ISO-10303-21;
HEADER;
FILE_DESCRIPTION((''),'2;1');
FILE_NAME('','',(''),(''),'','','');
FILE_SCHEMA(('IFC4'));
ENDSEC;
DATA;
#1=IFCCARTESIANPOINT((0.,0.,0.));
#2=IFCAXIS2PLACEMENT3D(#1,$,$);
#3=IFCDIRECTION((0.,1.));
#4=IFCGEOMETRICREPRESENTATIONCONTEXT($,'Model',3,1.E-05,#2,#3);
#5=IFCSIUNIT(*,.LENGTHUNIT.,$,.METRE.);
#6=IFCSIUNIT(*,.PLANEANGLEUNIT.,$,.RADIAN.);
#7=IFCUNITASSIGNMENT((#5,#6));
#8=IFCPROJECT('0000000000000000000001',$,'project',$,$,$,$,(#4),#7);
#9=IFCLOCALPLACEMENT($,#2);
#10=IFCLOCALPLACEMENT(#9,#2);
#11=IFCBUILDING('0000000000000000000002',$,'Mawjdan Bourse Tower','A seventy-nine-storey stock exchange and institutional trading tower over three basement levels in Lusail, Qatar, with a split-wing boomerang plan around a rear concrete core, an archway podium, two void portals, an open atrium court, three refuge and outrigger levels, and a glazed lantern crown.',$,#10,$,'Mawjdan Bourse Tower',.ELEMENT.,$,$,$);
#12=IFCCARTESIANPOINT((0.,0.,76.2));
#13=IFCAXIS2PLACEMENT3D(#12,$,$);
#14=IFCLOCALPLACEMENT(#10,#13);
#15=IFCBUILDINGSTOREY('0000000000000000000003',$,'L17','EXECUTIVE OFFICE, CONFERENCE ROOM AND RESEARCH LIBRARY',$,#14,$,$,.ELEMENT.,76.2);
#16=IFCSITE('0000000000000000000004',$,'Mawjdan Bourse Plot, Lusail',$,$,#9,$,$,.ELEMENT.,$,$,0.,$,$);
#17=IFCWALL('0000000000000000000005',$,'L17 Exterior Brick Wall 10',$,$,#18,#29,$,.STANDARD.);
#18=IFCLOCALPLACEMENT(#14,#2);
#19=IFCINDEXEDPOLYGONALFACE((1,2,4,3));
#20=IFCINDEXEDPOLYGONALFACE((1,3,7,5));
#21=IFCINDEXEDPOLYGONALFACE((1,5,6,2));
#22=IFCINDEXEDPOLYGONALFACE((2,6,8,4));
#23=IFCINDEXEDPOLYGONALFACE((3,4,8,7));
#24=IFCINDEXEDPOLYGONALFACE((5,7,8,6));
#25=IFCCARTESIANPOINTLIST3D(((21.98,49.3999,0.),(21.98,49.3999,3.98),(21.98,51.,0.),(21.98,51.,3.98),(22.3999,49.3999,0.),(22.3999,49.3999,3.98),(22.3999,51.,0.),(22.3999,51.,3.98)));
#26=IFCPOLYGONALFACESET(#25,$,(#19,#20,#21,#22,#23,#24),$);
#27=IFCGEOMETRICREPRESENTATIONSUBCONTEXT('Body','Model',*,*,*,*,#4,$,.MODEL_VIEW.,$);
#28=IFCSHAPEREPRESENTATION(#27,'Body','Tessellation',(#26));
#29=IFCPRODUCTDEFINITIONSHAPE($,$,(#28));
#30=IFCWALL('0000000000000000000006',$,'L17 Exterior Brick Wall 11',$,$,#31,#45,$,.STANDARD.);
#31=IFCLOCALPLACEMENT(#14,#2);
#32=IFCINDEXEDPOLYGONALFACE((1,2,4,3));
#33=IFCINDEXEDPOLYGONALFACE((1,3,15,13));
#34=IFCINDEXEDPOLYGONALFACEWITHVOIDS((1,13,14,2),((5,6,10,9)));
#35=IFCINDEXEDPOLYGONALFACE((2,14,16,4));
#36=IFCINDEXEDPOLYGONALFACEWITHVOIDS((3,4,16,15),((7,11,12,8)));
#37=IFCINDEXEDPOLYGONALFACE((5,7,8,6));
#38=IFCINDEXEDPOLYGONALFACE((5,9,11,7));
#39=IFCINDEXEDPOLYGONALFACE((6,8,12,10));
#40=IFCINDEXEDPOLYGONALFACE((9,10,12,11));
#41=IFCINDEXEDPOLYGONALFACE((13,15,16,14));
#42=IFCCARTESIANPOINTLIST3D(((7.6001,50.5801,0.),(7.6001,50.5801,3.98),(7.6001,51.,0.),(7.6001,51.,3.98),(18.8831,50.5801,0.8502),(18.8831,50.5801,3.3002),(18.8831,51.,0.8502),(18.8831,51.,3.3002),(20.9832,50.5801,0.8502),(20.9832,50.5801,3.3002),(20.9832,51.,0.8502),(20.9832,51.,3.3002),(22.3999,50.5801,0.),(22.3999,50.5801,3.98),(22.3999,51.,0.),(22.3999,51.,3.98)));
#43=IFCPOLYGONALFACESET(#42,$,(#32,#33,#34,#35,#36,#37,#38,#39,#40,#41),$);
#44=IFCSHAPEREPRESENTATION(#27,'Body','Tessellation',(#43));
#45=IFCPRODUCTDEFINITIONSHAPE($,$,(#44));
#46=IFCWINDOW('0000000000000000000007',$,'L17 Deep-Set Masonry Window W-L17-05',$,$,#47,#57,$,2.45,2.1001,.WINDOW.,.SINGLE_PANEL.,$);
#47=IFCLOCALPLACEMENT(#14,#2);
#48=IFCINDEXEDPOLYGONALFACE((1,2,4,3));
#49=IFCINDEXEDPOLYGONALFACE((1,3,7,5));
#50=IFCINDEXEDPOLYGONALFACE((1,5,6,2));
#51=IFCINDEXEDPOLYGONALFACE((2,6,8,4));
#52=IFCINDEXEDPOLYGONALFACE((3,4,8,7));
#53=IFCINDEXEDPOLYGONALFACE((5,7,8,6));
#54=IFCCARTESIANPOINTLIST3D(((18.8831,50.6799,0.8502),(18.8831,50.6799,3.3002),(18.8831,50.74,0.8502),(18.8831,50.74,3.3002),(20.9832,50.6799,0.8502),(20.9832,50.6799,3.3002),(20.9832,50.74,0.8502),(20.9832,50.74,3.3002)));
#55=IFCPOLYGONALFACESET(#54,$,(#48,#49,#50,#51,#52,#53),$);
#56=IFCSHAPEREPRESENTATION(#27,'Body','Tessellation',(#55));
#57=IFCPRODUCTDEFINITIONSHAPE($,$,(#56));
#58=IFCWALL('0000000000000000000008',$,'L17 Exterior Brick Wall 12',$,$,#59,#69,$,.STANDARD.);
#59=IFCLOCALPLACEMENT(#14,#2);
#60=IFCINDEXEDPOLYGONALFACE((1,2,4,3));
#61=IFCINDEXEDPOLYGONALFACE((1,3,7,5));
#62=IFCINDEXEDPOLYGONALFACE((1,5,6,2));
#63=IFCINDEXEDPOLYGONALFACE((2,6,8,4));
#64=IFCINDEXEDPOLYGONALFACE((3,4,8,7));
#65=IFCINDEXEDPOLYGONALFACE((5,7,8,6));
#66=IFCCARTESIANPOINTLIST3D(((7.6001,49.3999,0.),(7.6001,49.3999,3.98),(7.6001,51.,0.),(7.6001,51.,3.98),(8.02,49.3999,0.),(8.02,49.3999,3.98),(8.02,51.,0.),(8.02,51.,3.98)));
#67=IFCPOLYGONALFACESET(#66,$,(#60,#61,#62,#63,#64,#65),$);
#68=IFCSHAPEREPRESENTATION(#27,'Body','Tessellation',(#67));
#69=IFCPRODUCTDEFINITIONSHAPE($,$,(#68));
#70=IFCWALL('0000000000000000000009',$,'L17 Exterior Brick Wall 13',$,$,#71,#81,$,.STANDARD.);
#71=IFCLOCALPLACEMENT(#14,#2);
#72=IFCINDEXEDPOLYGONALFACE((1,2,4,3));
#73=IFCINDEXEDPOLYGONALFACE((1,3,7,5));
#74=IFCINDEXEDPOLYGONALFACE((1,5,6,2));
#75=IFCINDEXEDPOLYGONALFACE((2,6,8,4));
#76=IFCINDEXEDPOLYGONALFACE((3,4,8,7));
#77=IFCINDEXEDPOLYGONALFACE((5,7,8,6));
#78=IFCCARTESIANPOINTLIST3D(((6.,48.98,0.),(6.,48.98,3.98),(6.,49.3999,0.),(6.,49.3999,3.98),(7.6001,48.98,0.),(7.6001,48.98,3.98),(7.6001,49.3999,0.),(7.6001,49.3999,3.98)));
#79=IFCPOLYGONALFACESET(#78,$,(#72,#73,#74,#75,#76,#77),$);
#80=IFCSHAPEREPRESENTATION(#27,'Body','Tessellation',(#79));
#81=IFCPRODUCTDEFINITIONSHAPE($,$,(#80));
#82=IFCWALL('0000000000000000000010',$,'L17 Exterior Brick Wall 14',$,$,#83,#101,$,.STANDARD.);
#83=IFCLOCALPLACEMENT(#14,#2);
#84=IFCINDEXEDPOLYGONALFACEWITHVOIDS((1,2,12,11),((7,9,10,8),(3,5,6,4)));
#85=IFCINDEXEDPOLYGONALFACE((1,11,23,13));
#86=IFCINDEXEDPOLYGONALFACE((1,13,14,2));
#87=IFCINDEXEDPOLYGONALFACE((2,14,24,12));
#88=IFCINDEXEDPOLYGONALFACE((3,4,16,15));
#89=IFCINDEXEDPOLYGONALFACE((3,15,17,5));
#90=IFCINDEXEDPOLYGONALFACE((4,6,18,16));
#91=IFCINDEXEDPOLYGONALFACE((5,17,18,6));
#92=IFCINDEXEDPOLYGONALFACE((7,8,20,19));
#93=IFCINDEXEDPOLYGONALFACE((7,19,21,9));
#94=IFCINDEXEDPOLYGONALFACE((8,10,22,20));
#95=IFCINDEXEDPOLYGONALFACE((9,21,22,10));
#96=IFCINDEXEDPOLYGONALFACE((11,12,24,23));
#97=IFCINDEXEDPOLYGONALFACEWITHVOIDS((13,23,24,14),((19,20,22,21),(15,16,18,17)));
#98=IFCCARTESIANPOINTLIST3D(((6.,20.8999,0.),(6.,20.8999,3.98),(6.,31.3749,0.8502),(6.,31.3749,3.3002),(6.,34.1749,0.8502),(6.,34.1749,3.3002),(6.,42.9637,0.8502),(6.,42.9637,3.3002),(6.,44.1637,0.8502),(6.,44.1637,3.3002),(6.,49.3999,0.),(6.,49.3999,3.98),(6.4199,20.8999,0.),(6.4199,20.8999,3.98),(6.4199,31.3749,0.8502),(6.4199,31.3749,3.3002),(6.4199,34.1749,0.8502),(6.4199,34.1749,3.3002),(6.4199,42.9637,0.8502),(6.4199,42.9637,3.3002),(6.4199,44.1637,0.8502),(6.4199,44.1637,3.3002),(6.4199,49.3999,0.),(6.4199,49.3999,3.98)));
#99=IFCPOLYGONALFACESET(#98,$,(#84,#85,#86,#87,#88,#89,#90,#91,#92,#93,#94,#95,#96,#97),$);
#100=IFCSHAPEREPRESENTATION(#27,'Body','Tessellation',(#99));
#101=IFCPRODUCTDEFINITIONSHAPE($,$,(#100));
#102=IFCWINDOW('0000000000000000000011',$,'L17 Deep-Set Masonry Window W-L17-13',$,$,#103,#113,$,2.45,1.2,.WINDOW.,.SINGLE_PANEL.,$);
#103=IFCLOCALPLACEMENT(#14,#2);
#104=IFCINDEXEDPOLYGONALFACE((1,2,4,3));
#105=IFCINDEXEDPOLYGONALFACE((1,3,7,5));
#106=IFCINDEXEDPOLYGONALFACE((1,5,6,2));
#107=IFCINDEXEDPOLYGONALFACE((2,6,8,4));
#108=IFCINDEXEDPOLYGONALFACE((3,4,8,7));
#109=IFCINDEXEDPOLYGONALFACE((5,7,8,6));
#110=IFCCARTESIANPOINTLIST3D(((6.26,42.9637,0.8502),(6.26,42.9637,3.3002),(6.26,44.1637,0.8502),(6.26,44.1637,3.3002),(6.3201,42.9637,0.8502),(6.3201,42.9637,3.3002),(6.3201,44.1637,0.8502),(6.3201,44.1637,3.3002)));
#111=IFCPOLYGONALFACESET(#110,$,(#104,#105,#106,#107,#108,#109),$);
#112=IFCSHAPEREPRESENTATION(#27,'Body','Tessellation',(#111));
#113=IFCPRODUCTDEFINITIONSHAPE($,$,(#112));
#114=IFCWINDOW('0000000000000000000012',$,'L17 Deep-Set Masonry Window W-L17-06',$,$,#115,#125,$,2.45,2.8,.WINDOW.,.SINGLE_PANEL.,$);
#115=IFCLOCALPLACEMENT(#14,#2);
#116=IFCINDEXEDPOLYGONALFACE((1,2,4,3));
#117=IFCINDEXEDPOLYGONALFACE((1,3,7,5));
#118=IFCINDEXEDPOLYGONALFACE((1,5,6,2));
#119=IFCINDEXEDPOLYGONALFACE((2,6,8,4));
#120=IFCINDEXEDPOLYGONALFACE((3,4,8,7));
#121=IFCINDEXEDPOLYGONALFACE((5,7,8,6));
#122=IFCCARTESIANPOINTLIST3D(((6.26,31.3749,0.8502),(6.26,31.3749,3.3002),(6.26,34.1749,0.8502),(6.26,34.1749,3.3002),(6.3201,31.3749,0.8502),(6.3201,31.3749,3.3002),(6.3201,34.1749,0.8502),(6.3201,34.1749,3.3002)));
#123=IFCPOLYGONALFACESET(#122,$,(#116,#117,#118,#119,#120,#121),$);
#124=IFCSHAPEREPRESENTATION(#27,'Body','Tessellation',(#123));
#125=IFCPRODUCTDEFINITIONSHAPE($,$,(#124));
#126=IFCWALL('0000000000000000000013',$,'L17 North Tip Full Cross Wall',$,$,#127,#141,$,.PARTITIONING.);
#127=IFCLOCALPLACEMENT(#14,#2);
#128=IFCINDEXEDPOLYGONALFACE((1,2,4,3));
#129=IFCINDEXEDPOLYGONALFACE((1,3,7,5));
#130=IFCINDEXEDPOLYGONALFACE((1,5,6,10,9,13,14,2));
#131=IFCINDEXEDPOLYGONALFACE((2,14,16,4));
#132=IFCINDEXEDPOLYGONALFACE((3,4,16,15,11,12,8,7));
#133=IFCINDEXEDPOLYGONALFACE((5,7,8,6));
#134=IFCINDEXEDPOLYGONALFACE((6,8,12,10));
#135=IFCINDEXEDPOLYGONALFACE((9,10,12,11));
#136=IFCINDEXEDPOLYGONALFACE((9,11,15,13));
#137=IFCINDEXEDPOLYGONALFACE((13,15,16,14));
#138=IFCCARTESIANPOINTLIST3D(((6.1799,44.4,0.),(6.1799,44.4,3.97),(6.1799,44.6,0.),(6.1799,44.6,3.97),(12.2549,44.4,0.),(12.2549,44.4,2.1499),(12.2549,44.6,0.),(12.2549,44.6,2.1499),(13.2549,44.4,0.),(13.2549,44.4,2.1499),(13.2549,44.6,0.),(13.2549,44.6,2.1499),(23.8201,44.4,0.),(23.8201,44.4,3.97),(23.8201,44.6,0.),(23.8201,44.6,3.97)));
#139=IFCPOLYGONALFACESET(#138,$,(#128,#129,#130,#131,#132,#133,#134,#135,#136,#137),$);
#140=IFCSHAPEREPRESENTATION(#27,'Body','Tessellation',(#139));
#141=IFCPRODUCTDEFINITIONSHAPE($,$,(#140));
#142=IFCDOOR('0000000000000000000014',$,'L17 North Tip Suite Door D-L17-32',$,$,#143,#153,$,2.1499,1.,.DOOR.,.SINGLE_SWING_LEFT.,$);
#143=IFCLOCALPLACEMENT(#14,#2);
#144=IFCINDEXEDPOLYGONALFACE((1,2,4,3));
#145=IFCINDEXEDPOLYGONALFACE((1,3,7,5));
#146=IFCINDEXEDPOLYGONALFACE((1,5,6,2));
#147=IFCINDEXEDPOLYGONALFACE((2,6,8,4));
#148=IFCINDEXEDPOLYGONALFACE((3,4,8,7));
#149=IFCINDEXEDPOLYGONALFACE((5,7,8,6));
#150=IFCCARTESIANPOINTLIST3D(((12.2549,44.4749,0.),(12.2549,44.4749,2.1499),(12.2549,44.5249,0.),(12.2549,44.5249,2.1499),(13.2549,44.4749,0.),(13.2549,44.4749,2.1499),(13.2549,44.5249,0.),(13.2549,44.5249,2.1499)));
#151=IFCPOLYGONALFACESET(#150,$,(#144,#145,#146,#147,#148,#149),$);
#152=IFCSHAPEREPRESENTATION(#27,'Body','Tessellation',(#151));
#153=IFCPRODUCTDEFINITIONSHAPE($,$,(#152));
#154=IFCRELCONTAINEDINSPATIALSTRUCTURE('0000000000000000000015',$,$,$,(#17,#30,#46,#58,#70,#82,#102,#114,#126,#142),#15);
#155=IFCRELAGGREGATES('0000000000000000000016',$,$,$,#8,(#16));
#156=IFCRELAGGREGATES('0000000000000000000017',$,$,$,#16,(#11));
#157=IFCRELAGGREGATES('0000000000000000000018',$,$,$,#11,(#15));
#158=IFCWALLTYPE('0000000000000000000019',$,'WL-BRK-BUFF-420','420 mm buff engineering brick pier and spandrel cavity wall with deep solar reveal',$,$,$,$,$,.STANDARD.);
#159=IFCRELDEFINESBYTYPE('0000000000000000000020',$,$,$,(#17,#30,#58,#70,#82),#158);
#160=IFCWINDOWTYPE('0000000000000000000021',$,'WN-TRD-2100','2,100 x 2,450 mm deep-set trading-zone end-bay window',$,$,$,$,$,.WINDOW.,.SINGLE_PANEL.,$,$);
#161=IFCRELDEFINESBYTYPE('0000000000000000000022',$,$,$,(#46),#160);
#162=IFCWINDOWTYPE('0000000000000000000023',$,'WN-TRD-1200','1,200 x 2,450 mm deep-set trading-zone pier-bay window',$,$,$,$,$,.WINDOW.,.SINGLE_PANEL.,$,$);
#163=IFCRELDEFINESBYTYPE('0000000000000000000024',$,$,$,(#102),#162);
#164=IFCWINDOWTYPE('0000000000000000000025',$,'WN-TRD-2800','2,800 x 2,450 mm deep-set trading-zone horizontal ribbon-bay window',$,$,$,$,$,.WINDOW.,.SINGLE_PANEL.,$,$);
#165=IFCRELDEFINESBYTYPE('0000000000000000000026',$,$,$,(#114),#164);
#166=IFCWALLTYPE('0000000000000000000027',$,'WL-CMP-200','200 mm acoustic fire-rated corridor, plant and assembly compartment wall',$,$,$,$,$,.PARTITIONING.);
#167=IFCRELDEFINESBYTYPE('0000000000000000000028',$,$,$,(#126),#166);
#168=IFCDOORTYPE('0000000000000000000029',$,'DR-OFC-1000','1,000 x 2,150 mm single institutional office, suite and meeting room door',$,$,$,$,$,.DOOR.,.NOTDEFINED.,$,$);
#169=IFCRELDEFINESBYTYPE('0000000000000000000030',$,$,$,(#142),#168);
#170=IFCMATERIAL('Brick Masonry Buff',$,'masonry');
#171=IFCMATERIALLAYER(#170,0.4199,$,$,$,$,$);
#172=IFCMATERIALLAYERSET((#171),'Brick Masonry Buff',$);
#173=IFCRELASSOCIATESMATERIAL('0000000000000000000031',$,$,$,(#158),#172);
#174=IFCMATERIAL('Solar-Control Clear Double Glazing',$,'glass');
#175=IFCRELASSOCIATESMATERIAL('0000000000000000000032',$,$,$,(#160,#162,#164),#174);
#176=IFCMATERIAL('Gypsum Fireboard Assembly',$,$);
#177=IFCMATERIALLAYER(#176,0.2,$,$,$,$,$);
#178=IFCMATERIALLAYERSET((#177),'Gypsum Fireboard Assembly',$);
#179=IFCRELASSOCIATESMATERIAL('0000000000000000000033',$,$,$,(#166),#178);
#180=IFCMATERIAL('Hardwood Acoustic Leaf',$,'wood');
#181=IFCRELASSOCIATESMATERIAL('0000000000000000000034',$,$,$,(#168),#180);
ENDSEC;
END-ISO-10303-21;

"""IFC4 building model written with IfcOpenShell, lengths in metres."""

from ifc_helpers import new_model, si_unit, direction, frame, frame_2d, origin, place, context, subcontext, project, spatial, rectangle, extrude, material, layer, layer_set, type_object, element, fill, save


model = new_model("IFC4")

# Units and contexts
model_context = context("Model", 3, precision=1e-05, world=origin(), true_north=direction((0.0, 1.0)))
body_context = subcontext(model_context, "Body", "Model", "MODEL_VIEW")
ifc_project = project(units=[si_unit("LENGTHUNIT", "METRE"), si_unit("PLANEANGLEUNIT", "RADIAN")], contexts=[model_context])

# Site, building, storey
site_placement = place(None, origin())
site = spatial("IfcSite", under=ifc_project, at=site_placement, Name="Mawjdan Bourse Plot, Lusail", CompositionType="ELEMENT", RefElevation=0.0)
building_placement = place(site_placement, origin())
building = spatial("IfcBuilding", under=site, at=building_placement, Name="Mawjdan Bourse Tower", Description="A seventy-nine-storey stock exchange and institutional trading tower over three basement levels in Lusail, Qatar, with a split-wing boomerang plan around a rear concrete core, an archway podium, two void portals, an open atrium court, three refuge and outrigger levels, and a glazed lantern crown.", LongName="Mawjdan Bourse Tower", CompositionType="ELEMENT")
storey_placement = place(building_placement, frame((0.0, 0.0, 76.2)))
storey = spatial("IfcBuildingStorey", under=building, at=storey_placement, Name="L17", Description="EXECUTIVE OFFICE, CONFERENCE ROOM AND RESEARCH LIBRARY", CompositionType="ELEMENT", Elevation=76.2)

# Wall
ifc_material_1 = material(Name="Brick Masonry Buff", Category="masonry")
ifc_layer_1 = layer(ifc_material_1, 0.4199)
ifc_layer_set_1 = layer_set([ifc_layer_1], Name="Brick Masonry Buff")
wall_type_1 = type_object("IfcWallType", Name="WL-BRK-BUFF-420", Description="420 mm buff engineering brick pier and spandrel cavity wall with deep solar reveal", PredefinedType="STANDARD", material=ifc_layer_set_1)
wall_1_placement = place(storey_placement, frame((22.1899, 49.3999, 0.0), z_axis=(0.0, 0.0, 1.0), x_axis=(0.0, 1.0, 0.0)))
element("IfcWall", 1, at=wall_1_placement, inside=storey, type_object=wall_type_1, Name="L17 Exterior Brick Wall 10", PredefinedType="STANDARD", context=body_context, shape_type="SweptSolid", body=[
    extrude(rectangle(XDim=1.6001, YDim=0.4199, at=frame_2d((0.8, 0.0))), origin(), (0.0, 0.0, 1.0), 3.98),
])

# Wall, opening, window
wall_2_placement = place(storey_placement, frame((22.3999, 50.79, 0.0), z_axis=(0.0, 0.0, 1.0), x_axis=(-1.0, 0.0, 0.0)))
wall_2 = element("IfcWall", 2, at=wall_2_placement, inside=storey, type_object=wall_type_1, Name="L17 Exterior Brick Wall 11", PredefinedType="STANDARD", context=body_context, shape_type="SweptSolid", body=[
    extrude(rectangle(XDim=14.7998, YDim=0.4199, at=frame_2d((7.3999, 0.0))), origin(), (0.0, 0.0, 1.0), 3.98),
])
opening_1_placement = place(wall_2_placement, frame((1.4167, 0.0, 0.8501)))
opening_1 = element("IfcOpeningElement", 3, at=opening_1_placement, cuts=wall_2, PredefinedType="OPENING", context=body_context, shape_type="SweptSolid", body=[
    extrude(rectangle(XDim=2.1001, YDim=2.45, at=frame_2d((1.05, 1.2251))), frame((0.0, 0.22, 0.0), z_axis=(0.0, -1.0, 0.0), x_axis=(1.0, 0.0, 0.0)), (0.0, 0.0, 1.0), 0.4399),
])
ifc_material_2 = material(Name="Solar-Control Clear Double Glazing", Category="glass")
window_type_1 = type_object("IfcWindowType", Name="WN-TRD-2100", Description="2,100 x 2,450 mm deep-set trading-zone end-bay window", PartitioningType="SINGLE_PANEL", PredefinedType="WINDOW", material=ifc_material_2)
window_1_placement = place(opening_1_placement, origin())
window_1 = element("IfcWindow", 4, at=window_1_placement, inside=storey, type_object=window_type_1, Name="L17 Deep-Set Masonry Window W-L17-05", OverallHeight=2.45, OverallWidth=2.1001, PartitioningType="SINGLE_PANEL", PredefinedType="WINDOW", context=body_context, shape_type="SweptSolid", body=[
    extrude(rectangle(XDim=2.1001, YDim=2.45, at=frame_2d((1.05, 1.2251))), frame((0.0, 0.1101, 0.0), z_axis=(0.0, -1.0, 0.0), x_axis=(1.0, 0.0, 0.0)), (0.0, 0.0, 1.0), 0.0601),
])
fill(opening_1, window_1)

# Walls
for number, where, z_axis, x_axis, name in (
    (5, (7.8101, 51.0, 0.0), (0.0, 0.0, 1.0), (0.0, -1.0, 0.0), "L17 Exterior Brick Wall 12"),
    (6, (7.6001, 49.1899, 0.0), (0.0, 0.0, 1.0), (-1.0, 0.0, 0.0), "L17 Exterior Brick Wall 13"),
):
    element("IfcWall", number, at=place(storey_placement, frame(where, z_axis=z_axis, x_axis=x_axis)), inside=storey, type_object=wall_type_1, Name=name, PredefinedType="STANDARD", context=body_context, shape_type="SweptSolid", body=[
        extrude(rectangle(XDim=1.6001, YDim=0.4199, at=frame_2d((0.8, 0.0))), origin(), (0.0, 0.0, 1.0), 3.98),
    ])

# Wall, openings, windows
wall_3_placement = place(storey_placement, frame((6.21, 49.3999, 0.0), z_axis=(0.0, 0.0, 1.0), x_axis=(0.0, -1.0, 0.0)))
wall_3 = element("IfcWall", 7, at=wall_3_placement, inside=storey, type_object=wall_type_1, Name="L17 Exterior Brick Wall 14", PredefinedType="STANDARD", context=body_context, shape_type="SweptSolid", body=[
    extrude(rectangle(XDim=28.5, YDim=0.4199, at=frame_2d((14.25, 0.0))), origin(), (0.0, 0.0, 1.0), 3.98),
])
opening_2_placement = place(wall_3_placement, frame((15.2251, 0.0, 0.8501)))
opening_2 = element("IfcOpeningElement", 8, at=opening_2_placement, cuts=wall_3, PredefinedType="OPENING", context=body_context, shape_type="SweptSolid", body=[
    extrude(rectangle(XDim=2.8, YDim=2.45, at=frame_2d((1.3999, 1.2251))), frame((0.0, 0.22, 0.0), z_axis=(0.0, -1.0, 0.0), x_axis=(1.0, 0.0, 0.0)), (0.0, 0.0, 1.0), 0.4399),
])
opening_3_placement = place(wall_3_placement, frame((5.2361, 0.0, 0.8501)))
opening_3 = element("IfcOpeningElement", 9, at=opening_3_placement, cuts=wall_3, PredefinedType="OPENING", context=body_context, shape_type="SweptSolid", body=[
    extrude(rectangle(XDim=1.2, YDim=2.45, at=frame_2d((0.6001, 1.2251))), frame((0.0, 0.22, 0.0), z_axis=(0.0, -1.0, 0.0), x_axis=(1.0, 0.0, 0.0)), (0.0, 0.0, 1.0), 0.4399),
])
window_type_2 = type_object("IfcWindowType", Name="WN-TRD-1200", Description="1,200 x 2,450 mm deep-set trading-zone pier-bay window", PartitioningType="SINGLE_PANEL", PredefinedType="WINDOW", material=ifc_material_2)
window_2_placement = place(opening_3_placement, origin())
window_2 = element("IfcWindow", 10, at=window_2_placement, inside=storey, type_object=window_type_2, Name="L17 Deep-Set Masonry Window W-L17-13", OverallHeight=2.45, OverallWidth=1.2, PartitioningType="SINGLE_PANEL", PredefinedType="WINDOW", context=body_context, shape_type="SweptSolid", body=[
    extrude(rectangle(XDim=1.2, YDim=2.45, at=frame_2d((0.6001, 1.2251))), frame((0.0, 0.1101, 0.0), z_axis=(0.0, -1.0, 0.0), x_axis=(1.0, 0.0, 0.0)), (0.0, 0.0, 1.0), 0.0601),
])
fill(opening_3, window_2)
window_type_3 = type_object("IfcWindowType", Name="WN-TRD-2800", Description="2,800 x 2,450 mm deep-set trading-zone horizontal ribbon-bay window", PartitioningType="SINGLE_PANEL", PredefinedType="WINDOW", material=ifc_material_2)
window_3_placement = place(opening_2_placement, origin())
window_3 = element("IfcWindow", 11, at=window_3_placement, inside=storey, type_object=window_type_3, Name="L17 Deep-Set Masonry Window W-L17-06", OverallHeight=2.45, OverallWidth=2.8, PartitioningType="SINGLE_PANEL", PredefinedType="WINDOW", context=body_context, shape_type="SweptSolid", body=[
    extrude(rectangle(XDim=2.8, YDim=2.45, at=frame_2d((1.3999, 1.2251))), frame((0.0, 0.1101, 0.0), z_axis=(0.0, -1.0, 0.0), x_axis=(1.0, 0.0, 0.0)), (0.0, 0.0, 1.0), 0.0601),
])
fill(opening_2, window_3)

# Wall, opening, door
ifc_material_3 = material(Name="Gypsum Fireboard Assembly")
ifc_layer_2 = layer(ifc_material_3, 0.2)
ifc_layer_set_2 = layer_set([ifc_layer_2], Name="Gypsum Fireboard Assembly")
wall_type_2 = type_object("IfcWallType", Name="WL-CMP-200", Description="200 mm acoustic fire-rated corridor, plant and assembly compartment wall", PredefinedType="PARTITIONING", material=ifc_layer_set_2)
wall_4_placement = place(storey_placement, frame((6.1799, 44.5, 0.0), z_axis=(0.0, 0.0, 1.0), x_axis=(1.0, 0.0, 0.0)))
wall_4 = element("IfcWall", 12, at=wall_4_placement, inside=storey, type_object=wall_type_2, Name="L17 North Tip Full Cross Wall", PredefinedType="PARTITIONING", context=body_context, shape_type="SweptSolid", body=[
    extrude(rectangle(XDim=17.6401, YDim=0.2, at=frame_2d((8.8201, 0.0))), origin(), (0.0, 0.0, 1.0), 3.97),
])
opening_4_placement = place(wall_4_placement, frame((6.075, 0.0, 0.0)))
opening_4 = element("IfcOpeningElement", 13, at=opening_4_placement, cuts=wall_4, PredefinedType="OPENING", context=body_context, shape_type="SweptSolid", body=[
    extrude(rectangle(XDim=1.0, YDim=2.1499, at=frame_2d((0.5, 1.075))), frame((0.0, 0.1099, 0.0), z_axis=(0.0, -1.0, 0.0), x_axis=(1.0, 0.0, 0.0)), (0.0, 0.0, 1.0), 0.22),
])
ifc_material_4 = material(Name="Hardwood Acoustic Leaf", Category="wood")
door_type = type_object("IfcDoorType", Name="DR-OFC-1000", Description="1,000 x 2,150 mm single institutional office, suite and meeting room door", OperationType="NOTDEFINED", PredefinedType="DOOR", material=ifc_material_4)
door_placement = place(opening_4_placement, origin())
door = element("IfcDoor", 14, at=door_placement, inside=storey, type_object=door_type, Name="L17 North Tip Suite Door D-L17-32", OperationType="SINGLE_SWING_LEFT", OverallHeight=2.1499, OverallWidth=1.0, PredefinedType="DOOR", context=body_context, shape_type="SweptSolid", body=[
    extrude(rectangle(XDim=1.0, YDim=2.1499, at=frame_2d((0.5, 1.075))), frame((0.0, 0.0249, 0.0), z_axis=(0.0, -1.0, 0.0), x_axis=(1.0, 0.0, 0.0)), (0.0, 0.0, 1.0), 0.05),
])
fill(opening_4, door)

save(model, "model.ifc")
